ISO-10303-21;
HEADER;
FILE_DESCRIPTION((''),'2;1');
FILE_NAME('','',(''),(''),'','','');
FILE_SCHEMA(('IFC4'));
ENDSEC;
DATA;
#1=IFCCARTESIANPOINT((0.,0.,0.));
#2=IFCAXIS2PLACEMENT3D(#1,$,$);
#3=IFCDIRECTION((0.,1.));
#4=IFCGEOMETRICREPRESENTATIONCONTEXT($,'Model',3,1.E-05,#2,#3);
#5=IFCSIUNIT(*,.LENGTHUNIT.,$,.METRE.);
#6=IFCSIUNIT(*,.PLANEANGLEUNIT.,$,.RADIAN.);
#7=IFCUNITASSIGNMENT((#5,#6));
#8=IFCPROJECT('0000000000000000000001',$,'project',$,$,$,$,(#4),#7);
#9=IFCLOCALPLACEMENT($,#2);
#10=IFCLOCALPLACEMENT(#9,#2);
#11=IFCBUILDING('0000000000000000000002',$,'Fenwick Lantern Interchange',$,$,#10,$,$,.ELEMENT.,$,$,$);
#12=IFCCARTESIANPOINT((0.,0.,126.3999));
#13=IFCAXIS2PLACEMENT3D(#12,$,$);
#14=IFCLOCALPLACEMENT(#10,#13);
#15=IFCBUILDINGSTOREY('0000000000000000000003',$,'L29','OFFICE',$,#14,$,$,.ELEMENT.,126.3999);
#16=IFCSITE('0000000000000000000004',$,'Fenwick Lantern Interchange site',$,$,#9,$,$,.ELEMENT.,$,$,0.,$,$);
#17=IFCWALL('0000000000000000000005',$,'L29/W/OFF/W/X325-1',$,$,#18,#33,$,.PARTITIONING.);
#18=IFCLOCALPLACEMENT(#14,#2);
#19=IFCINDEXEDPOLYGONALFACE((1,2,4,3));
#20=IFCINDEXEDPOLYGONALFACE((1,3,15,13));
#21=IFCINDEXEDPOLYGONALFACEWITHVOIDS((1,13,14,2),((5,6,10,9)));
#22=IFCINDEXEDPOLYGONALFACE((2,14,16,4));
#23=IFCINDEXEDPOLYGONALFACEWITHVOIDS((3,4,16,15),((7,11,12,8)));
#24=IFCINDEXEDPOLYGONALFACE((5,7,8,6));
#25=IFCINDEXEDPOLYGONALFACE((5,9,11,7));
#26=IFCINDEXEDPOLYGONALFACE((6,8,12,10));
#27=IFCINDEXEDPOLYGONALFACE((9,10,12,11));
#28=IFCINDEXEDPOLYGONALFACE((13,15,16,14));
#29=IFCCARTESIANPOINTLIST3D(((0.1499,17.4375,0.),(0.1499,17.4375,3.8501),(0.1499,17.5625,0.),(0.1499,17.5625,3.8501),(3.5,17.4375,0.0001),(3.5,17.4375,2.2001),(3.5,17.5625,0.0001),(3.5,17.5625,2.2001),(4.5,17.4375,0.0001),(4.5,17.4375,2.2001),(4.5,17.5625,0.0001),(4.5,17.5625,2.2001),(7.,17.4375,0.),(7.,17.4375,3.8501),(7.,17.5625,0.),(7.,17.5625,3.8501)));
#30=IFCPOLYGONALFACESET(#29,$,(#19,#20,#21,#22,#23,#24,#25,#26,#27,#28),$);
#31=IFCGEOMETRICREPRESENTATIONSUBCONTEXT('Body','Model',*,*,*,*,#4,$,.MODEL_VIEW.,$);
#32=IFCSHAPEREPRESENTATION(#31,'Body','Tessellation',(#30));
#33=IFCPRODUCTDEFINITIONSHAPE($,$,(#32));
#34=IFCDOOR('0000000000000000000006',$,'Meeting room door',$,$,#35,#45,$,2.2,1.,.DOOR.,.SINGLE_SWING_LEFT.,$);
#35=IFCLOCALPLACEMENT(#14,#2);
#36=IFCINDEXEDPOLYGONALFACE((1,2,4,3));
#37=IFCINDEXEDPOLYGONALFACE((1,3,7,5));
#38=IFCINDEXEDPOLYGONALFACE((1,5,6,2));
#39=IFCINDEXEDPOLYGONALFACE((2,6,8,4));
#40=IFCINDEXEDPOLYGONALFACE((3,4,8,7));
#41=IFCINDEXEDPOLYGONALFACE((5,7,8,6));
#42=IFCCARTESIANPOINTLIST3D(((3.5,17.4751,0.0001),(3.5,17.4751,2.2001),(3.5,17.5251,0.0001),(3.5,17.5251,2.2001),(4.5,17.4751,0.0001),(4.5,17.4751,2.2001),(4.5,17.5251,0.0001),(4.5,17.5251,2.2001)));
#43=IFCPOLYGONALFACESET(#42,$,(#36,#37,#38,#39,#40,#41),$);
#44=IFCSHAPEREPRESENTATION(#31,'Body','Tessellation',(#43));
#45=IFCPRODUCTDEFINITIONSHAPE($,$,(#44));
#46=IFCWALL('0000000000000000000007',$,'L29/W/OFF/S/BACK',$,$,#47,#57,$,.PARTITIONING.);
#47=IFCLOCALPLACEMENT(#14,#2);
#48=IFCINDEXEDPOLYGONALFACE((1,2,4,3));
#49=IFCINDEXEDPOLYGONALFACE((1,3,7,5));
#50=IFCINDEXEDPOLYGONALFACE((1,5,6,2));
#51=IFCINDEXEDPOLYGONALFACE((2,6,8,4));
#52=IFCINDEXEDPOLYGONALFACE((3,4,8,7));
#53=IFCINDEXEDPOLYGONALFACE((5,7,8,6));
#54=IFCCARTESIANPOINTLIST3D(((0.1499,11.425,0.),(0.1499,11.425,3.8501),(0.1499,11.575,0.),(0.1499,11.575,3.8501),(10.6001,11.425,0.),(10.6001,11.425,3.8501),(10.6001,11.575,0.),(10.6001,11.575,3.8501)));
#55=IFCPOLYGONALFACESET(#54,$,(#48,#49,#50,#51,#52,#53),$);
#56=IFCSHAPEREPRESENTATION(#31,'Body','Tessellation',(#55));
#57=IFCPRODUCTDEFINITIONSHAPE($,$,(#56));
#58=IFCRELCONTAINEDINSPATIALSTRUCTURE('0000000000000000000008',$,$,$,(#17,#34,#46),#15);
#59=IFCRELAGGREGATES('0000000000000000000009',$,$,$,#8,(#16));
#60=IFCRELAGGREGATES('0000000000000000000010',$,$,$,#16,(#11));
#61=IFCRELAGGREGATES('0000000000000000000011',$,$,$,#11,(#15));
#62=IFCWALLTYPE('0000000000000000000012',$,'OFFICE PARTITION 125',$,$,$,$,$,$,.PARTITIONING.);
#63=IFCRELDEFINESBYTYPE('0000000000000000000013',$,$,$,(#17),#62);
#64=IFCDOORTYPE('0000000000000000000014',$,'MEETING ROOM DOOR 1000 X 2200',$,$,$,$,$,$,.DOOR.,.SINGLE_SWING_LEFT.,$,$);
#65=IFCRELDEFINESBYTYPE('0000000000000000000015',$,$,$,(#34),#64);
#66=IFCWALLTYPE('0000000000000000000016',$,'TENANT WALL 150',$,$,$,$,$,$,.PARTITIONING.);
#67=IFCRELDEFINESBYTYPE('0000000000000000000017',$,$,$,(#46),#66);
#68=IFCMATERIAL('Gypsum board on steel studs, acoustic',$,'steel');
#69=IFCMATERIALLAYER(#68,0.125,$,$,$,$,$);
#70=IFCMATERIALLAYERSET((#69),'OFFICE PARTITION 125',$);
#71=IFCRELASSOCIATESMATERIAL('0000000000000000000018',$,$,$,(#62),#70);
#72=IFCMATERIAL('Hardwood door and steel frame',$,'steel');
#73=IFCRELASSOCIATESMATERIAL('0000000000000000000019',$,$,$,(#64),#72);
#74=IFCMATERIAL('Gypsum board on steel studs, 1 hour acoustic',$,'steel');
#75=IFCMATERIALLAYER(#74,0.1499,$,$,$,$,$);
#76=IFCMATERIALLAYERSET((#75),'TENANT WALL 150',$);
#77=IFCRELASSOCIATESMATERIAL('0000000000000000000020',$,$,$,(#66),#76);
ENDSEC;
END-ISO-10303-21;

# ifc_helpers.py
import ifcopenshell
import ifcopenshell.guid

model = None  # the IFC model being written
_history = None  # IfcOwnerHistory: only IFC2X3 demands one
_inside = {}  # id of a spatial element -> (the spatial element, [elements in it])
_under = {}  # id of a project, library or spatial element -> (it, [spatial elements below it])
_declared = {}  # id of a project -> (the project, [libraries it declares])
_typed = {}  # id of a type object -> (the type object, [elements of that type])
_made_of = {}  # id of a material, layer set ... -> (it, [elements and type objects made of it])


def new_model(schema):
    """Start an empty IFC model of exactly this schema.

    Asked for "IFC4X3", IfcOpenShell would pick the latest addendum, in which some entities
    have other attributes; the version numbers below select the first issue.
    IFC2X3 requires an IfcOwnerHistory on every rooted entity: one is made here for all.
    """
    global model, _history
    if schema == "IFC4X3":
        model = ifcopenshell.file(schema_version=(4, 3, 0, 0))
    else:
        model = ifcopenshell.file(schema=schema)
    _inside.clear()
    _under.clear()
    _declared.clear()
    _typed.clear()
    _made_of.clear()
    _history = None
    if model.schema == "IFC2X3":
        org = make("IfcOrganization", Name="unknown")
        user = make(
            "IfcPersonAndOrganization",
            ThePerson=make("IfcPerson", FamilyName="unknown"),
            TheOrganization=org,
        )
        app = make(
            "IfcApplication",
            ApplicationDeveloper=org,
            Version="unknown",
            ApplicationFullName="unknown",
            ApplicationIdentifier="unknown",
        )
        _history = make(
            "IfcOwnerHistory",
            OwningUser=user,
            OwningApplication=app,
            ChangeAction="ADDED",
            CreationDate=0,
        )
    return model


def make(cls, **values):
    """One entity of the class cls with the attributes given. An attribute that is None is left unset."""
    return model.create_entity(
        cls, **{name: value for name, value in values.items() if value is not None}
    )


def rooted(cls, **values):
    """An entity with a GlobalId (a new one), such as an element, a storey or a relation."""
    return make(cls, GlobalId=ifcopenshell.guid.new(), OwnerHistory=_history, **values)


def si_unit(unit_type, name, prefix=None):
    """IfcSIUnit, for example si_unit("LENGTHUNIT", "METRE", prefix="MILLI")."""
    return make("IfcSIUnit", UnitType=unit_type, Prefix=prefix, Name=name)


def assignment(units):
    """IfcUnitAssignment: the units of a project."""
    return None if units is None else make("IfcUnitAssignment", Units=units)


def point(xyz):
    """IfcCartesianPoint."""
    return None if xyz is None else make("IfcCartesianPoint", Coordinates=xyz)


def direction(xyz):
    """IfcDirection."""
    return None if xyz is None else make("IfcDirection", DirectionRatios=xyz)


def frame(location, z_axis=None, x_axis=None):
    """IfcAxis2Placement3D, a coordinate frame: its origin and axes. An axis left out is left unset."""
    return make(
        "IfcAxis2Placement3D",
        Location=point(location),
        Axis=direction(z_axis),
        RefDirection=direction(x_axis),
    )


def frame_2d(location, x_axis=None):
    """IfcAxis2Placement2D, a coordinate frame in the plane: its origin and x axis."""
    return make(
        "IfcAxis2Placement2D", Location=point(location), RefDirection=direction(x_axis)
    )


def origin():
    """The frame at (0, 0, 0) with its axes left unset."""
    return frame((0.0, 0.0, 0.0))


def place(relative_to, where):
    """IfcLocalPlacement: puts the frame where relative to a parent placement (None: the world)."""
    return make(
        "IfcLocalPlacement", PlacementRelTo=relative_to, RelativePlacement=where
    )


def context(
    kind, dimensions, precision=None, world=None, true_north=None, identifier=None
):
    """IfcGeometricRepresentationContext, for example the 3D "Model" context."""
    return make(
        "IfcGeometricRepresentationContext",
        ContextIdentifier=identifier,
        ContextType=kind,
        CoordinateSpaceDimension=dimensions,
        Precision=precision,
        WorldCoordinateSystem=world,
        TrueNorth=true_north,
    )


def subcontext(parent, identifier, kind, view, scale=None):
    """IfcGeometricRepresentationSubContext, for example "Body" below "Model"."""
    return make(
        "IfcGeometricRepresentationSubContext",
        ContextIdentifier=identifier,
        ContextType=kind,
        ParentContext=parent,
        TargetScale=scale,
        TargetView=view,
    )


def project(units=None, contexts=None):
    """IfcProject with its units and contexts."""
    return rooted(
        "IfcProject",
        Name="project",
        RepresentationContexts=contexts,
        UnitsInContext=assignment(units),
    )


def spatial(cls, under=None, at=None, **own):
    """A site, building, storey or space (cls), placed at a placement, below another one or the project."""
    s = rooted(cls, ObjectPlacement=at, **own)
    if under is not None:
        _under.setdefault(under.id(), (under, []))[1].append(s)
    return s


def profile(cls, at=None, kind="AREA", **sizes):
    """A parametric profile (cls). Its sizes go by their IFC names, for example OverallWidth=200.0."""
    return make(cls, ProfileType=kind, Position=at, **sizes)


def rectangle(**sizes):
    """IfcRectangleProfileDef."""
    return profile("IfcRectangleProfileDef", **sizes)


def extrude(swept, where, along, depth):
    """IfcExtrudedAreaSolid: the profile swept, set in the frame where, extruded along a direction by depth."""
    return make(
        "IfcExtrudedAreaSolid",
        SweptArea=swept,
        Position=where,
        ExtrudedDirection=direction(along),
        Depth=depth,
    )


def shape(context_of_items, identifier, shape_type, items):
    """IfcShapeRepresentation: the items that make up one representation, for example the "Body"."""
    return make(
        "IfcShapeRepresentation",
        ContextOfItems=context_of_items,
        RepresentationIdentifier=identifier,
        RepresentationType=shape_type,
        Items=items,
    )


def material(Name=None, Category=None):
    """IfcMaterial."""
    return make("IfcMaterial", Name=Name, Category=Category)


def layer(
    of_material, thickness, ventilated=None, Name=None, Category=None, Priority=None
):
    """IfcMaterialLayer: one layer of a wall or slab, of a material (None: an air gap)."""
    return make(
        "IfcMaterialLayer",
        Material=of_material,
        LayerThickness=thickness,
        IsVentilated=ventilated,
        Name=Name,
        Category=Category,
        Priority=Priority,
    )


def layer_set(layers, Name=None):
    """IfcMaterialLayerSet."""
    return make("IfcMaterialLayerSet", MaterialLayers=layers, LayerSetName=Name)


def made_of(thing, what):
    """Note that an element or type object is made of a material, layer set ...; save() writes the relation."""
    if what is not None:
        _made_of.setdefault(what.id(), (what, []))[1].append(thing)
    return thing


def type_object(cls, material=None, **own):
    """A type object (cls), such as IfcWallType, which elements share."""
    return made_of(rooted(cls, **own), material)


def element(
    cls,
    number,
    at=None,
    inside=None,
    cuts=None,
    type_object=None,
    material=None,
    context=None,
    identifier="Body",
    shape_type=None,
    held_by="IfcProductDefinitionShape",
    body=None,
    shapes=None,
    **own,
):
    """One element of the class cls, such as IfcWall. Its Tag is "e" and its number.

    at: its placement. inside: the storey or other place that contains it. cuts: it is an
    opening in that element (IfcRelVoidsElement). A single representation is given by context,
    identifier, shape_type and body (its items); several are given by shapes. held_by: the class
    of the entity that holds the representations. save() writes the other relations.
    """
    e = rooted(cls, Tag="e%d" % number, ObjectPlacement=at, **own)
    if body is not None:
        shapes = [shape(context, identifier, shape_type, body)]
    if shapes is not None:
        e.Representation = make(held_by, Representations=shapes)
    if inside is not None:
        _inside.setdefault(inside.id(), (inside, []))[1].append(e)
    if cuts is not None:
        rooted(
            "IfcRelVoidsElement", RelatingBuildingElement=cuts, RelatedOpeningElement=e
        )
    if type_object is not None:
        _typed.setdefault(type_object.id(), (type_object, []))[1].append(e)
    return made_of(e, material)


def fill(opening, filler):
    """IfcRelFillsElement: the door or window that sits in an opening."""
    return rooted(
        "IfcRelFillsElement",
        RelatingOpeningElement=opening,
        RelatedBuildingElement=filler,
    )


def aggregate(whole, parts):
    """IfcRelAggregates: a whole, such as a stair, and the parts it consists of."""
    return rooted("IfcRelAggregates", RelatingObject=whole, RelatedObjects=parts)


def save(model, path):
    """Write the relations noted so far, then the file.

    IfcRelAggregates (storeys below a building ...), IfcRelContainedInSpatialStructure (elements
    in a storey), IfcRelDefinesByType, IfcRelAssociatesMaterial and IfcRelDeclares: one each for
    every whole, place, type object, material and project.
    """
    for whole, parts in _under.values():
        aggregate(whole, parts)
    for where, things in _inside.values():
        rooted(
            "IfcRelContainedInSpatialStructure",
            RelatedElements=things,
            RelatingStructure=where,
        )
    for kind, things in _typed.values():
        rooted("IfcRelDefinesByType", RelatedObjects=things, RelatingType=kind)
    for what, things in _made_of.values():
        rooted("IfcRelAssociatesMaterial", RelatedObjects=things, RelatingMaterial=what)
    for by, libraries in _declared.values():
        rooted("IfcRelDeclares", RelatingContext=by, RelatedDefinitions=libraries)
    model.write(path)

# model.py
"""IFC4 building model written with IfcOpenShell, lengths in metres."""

from ifc_helpers import new_model, si_unit, direction, frame, frame_2d, origin, place, context, subcontext, project, spatial, rectangle, extrude, material, layer, layer_set, type_object, element, fill, save


model = new_model("IFC4")

# Units and contexts
model_context = context("Model", 3, precision=1e-05, world=origin(), true_north=direction((0.0, 1.0)))
body_context = subcontext(model_context, "Body", "Model", "MODEL_VIEW")
ifc_project = project(units=[si_unit("LENGTHUNIT", "METRE"), si_unit("PLANEANGLEUNIT", "RADIAN")], contexts=[model_context])

# Site, building, storey
site_placement = place(None, origin())
site = spatial("IfcSite", under=ifc_project, at=site_placement, Name="Fenwick Lantern Interchange site", CompositionType="ELEMENT", RefElevation=0.0)
building_placement = place(site_placement, origin())
building = spatial("IfcBuilding", under=site, at=building_placement, Name="Fenwick Lantern Interchange", CompositionType="ELEMENT")
storey_placement = place(building_placement, frame((0.0, 0.0, 126.3999)))
storey = spatial("IfcBuildingStorey", under=building, at=storey_placement, Name="L29", Description="OFFICE", CompositionType="ELEMENT", Elevation=126.3999)

# Wall, opening, door
ifc_material_1 = material(Name="Gypsum board on steel studs, acoustic", Category="steel")
ifc_layer_1 = layer(ifc_material_1, 0.125)
ifc_layer_set_1 = layer_set([ifc_layer_1], Name="OFFICE PARTITION 125")
wall_type_1 = type_object("IfcWallType", Name="OFFICE PARTITION 125", PredefinedType="PARTITIONING", material=ifc_layer_set_1)
wall_1_placement = place(storey_placement, frame((0.1499, 17.5, 0.0), z_axis=(0.0, 0.0, 1.0), x_axis=(1.0, 0.0, 0.0)))
wall_1 = element("IfcWall", 1, at=wall_1_placement, inside=storey, type_object=wall_type_1, Name="L29/W/OFF/W/X325-1", PredefinedType="PARTITIONING", context=body_context, shape_type="SweptSolid", body=[
    extrude(rectangle(XDim=6.8501, YDim=0.125, at=frame_2d((3.425, 0.0))), origin(), (0.0, 0.0, 1.0), 3.8501),
])
opening_placement = place(wall_1_placement, frame((3.3501, 0.0, 0.0)))
opening = element("IfcOpeningElement", 2, at=opening_placement, cuts=wall_1, PredefinedType="OPENING", context=body_context, shape_type="SweptSolid", body=[
    extrude(rectangle(XDim=1.0, YDim=2.2, at=frame_2d((0.5, 1.1001))), frame((0.0, 0.0725, 0.0), z_axis=(0.0, -1.0, 0.0), x_axis=(1.0, 0.0, 0.0)), (0.0, 0.0, 1.0), 0.145),
])
ifc_material_2 = material(Name="Hardwood door and steel frame", Category="steel")
door_type = type_object("IfcDoorType", Name="MEETING ROOM DOOR 1000 X 2200", OperationType="SINGLE_SWING_LEFT", PredefinedType="DOOR", material=ifc_material_2)
door_placement = place(opening_placement, frame((1.0, 0.0, 0.0), z_axis=(0.0, 0.0, 1.0), x_axis=(-1.0, 0.0, 0.0)))
door = element("IfcDoor", 3, at=door_placement, inside=storey, type_object=door_type, Name="Meeting room door", OperationType="SINGLE_SWING_LEFT", OverallHeight=2.2, OverallWidth=1.0, PredefinedType="DOOR", context=body_context, shape_type="SweptSolid", body=[
    extrude(rectangle(XDim=1.0, YDim=2.2, at=frame_2d((0.5, 1.1001))), frame((0.0, 0.0249, 0.0), z_axis=(0.0, -1.0, 0.0), x_axis=(1.0, 0.0, 0.0)), (0.0, 0.0, 1.0), 0.05),
])
fill(opening, door)

# Wall
ifc_material_3 = material(Name="Gypsum board on steel studs, 1 hour acoustic", Category="steel")
ifc_layer_2 = layer(ifc_material_3, 0.1499)
ifc_layer_set_2 = layer_set([ifc_layer_2], Name="TENANT WALL 150")
wall_type_2 = type_object("IfcWallType", Name="TENANT WALL 150", PredefinedType="PARTITIONING", material=ifc_layer_set_2)
wall_2_placement = place(storey_placement, frame((0.1499, 11.5, 0.0), z_axis=(0.0, 0.0, 1.0), x_axis=(1.0, 0.0, 0.0)))
element("IfcWall", 4, at=wall_2_placement, inside=storey, type_object=wall_type_2, Name="L29/W/OFF/S/BACK", PredefinedType="PARTITIONING", context=body_context, shape_type="SweptSolid", body=[
    extrude(rectangle(XDim=10.4502, YDim=0.1499, at=frame_2d((5.2251, 0.0))), origin(), (0.0, 0.0, 1.0), 3.8501),
])

save(model, "model.ifc")
